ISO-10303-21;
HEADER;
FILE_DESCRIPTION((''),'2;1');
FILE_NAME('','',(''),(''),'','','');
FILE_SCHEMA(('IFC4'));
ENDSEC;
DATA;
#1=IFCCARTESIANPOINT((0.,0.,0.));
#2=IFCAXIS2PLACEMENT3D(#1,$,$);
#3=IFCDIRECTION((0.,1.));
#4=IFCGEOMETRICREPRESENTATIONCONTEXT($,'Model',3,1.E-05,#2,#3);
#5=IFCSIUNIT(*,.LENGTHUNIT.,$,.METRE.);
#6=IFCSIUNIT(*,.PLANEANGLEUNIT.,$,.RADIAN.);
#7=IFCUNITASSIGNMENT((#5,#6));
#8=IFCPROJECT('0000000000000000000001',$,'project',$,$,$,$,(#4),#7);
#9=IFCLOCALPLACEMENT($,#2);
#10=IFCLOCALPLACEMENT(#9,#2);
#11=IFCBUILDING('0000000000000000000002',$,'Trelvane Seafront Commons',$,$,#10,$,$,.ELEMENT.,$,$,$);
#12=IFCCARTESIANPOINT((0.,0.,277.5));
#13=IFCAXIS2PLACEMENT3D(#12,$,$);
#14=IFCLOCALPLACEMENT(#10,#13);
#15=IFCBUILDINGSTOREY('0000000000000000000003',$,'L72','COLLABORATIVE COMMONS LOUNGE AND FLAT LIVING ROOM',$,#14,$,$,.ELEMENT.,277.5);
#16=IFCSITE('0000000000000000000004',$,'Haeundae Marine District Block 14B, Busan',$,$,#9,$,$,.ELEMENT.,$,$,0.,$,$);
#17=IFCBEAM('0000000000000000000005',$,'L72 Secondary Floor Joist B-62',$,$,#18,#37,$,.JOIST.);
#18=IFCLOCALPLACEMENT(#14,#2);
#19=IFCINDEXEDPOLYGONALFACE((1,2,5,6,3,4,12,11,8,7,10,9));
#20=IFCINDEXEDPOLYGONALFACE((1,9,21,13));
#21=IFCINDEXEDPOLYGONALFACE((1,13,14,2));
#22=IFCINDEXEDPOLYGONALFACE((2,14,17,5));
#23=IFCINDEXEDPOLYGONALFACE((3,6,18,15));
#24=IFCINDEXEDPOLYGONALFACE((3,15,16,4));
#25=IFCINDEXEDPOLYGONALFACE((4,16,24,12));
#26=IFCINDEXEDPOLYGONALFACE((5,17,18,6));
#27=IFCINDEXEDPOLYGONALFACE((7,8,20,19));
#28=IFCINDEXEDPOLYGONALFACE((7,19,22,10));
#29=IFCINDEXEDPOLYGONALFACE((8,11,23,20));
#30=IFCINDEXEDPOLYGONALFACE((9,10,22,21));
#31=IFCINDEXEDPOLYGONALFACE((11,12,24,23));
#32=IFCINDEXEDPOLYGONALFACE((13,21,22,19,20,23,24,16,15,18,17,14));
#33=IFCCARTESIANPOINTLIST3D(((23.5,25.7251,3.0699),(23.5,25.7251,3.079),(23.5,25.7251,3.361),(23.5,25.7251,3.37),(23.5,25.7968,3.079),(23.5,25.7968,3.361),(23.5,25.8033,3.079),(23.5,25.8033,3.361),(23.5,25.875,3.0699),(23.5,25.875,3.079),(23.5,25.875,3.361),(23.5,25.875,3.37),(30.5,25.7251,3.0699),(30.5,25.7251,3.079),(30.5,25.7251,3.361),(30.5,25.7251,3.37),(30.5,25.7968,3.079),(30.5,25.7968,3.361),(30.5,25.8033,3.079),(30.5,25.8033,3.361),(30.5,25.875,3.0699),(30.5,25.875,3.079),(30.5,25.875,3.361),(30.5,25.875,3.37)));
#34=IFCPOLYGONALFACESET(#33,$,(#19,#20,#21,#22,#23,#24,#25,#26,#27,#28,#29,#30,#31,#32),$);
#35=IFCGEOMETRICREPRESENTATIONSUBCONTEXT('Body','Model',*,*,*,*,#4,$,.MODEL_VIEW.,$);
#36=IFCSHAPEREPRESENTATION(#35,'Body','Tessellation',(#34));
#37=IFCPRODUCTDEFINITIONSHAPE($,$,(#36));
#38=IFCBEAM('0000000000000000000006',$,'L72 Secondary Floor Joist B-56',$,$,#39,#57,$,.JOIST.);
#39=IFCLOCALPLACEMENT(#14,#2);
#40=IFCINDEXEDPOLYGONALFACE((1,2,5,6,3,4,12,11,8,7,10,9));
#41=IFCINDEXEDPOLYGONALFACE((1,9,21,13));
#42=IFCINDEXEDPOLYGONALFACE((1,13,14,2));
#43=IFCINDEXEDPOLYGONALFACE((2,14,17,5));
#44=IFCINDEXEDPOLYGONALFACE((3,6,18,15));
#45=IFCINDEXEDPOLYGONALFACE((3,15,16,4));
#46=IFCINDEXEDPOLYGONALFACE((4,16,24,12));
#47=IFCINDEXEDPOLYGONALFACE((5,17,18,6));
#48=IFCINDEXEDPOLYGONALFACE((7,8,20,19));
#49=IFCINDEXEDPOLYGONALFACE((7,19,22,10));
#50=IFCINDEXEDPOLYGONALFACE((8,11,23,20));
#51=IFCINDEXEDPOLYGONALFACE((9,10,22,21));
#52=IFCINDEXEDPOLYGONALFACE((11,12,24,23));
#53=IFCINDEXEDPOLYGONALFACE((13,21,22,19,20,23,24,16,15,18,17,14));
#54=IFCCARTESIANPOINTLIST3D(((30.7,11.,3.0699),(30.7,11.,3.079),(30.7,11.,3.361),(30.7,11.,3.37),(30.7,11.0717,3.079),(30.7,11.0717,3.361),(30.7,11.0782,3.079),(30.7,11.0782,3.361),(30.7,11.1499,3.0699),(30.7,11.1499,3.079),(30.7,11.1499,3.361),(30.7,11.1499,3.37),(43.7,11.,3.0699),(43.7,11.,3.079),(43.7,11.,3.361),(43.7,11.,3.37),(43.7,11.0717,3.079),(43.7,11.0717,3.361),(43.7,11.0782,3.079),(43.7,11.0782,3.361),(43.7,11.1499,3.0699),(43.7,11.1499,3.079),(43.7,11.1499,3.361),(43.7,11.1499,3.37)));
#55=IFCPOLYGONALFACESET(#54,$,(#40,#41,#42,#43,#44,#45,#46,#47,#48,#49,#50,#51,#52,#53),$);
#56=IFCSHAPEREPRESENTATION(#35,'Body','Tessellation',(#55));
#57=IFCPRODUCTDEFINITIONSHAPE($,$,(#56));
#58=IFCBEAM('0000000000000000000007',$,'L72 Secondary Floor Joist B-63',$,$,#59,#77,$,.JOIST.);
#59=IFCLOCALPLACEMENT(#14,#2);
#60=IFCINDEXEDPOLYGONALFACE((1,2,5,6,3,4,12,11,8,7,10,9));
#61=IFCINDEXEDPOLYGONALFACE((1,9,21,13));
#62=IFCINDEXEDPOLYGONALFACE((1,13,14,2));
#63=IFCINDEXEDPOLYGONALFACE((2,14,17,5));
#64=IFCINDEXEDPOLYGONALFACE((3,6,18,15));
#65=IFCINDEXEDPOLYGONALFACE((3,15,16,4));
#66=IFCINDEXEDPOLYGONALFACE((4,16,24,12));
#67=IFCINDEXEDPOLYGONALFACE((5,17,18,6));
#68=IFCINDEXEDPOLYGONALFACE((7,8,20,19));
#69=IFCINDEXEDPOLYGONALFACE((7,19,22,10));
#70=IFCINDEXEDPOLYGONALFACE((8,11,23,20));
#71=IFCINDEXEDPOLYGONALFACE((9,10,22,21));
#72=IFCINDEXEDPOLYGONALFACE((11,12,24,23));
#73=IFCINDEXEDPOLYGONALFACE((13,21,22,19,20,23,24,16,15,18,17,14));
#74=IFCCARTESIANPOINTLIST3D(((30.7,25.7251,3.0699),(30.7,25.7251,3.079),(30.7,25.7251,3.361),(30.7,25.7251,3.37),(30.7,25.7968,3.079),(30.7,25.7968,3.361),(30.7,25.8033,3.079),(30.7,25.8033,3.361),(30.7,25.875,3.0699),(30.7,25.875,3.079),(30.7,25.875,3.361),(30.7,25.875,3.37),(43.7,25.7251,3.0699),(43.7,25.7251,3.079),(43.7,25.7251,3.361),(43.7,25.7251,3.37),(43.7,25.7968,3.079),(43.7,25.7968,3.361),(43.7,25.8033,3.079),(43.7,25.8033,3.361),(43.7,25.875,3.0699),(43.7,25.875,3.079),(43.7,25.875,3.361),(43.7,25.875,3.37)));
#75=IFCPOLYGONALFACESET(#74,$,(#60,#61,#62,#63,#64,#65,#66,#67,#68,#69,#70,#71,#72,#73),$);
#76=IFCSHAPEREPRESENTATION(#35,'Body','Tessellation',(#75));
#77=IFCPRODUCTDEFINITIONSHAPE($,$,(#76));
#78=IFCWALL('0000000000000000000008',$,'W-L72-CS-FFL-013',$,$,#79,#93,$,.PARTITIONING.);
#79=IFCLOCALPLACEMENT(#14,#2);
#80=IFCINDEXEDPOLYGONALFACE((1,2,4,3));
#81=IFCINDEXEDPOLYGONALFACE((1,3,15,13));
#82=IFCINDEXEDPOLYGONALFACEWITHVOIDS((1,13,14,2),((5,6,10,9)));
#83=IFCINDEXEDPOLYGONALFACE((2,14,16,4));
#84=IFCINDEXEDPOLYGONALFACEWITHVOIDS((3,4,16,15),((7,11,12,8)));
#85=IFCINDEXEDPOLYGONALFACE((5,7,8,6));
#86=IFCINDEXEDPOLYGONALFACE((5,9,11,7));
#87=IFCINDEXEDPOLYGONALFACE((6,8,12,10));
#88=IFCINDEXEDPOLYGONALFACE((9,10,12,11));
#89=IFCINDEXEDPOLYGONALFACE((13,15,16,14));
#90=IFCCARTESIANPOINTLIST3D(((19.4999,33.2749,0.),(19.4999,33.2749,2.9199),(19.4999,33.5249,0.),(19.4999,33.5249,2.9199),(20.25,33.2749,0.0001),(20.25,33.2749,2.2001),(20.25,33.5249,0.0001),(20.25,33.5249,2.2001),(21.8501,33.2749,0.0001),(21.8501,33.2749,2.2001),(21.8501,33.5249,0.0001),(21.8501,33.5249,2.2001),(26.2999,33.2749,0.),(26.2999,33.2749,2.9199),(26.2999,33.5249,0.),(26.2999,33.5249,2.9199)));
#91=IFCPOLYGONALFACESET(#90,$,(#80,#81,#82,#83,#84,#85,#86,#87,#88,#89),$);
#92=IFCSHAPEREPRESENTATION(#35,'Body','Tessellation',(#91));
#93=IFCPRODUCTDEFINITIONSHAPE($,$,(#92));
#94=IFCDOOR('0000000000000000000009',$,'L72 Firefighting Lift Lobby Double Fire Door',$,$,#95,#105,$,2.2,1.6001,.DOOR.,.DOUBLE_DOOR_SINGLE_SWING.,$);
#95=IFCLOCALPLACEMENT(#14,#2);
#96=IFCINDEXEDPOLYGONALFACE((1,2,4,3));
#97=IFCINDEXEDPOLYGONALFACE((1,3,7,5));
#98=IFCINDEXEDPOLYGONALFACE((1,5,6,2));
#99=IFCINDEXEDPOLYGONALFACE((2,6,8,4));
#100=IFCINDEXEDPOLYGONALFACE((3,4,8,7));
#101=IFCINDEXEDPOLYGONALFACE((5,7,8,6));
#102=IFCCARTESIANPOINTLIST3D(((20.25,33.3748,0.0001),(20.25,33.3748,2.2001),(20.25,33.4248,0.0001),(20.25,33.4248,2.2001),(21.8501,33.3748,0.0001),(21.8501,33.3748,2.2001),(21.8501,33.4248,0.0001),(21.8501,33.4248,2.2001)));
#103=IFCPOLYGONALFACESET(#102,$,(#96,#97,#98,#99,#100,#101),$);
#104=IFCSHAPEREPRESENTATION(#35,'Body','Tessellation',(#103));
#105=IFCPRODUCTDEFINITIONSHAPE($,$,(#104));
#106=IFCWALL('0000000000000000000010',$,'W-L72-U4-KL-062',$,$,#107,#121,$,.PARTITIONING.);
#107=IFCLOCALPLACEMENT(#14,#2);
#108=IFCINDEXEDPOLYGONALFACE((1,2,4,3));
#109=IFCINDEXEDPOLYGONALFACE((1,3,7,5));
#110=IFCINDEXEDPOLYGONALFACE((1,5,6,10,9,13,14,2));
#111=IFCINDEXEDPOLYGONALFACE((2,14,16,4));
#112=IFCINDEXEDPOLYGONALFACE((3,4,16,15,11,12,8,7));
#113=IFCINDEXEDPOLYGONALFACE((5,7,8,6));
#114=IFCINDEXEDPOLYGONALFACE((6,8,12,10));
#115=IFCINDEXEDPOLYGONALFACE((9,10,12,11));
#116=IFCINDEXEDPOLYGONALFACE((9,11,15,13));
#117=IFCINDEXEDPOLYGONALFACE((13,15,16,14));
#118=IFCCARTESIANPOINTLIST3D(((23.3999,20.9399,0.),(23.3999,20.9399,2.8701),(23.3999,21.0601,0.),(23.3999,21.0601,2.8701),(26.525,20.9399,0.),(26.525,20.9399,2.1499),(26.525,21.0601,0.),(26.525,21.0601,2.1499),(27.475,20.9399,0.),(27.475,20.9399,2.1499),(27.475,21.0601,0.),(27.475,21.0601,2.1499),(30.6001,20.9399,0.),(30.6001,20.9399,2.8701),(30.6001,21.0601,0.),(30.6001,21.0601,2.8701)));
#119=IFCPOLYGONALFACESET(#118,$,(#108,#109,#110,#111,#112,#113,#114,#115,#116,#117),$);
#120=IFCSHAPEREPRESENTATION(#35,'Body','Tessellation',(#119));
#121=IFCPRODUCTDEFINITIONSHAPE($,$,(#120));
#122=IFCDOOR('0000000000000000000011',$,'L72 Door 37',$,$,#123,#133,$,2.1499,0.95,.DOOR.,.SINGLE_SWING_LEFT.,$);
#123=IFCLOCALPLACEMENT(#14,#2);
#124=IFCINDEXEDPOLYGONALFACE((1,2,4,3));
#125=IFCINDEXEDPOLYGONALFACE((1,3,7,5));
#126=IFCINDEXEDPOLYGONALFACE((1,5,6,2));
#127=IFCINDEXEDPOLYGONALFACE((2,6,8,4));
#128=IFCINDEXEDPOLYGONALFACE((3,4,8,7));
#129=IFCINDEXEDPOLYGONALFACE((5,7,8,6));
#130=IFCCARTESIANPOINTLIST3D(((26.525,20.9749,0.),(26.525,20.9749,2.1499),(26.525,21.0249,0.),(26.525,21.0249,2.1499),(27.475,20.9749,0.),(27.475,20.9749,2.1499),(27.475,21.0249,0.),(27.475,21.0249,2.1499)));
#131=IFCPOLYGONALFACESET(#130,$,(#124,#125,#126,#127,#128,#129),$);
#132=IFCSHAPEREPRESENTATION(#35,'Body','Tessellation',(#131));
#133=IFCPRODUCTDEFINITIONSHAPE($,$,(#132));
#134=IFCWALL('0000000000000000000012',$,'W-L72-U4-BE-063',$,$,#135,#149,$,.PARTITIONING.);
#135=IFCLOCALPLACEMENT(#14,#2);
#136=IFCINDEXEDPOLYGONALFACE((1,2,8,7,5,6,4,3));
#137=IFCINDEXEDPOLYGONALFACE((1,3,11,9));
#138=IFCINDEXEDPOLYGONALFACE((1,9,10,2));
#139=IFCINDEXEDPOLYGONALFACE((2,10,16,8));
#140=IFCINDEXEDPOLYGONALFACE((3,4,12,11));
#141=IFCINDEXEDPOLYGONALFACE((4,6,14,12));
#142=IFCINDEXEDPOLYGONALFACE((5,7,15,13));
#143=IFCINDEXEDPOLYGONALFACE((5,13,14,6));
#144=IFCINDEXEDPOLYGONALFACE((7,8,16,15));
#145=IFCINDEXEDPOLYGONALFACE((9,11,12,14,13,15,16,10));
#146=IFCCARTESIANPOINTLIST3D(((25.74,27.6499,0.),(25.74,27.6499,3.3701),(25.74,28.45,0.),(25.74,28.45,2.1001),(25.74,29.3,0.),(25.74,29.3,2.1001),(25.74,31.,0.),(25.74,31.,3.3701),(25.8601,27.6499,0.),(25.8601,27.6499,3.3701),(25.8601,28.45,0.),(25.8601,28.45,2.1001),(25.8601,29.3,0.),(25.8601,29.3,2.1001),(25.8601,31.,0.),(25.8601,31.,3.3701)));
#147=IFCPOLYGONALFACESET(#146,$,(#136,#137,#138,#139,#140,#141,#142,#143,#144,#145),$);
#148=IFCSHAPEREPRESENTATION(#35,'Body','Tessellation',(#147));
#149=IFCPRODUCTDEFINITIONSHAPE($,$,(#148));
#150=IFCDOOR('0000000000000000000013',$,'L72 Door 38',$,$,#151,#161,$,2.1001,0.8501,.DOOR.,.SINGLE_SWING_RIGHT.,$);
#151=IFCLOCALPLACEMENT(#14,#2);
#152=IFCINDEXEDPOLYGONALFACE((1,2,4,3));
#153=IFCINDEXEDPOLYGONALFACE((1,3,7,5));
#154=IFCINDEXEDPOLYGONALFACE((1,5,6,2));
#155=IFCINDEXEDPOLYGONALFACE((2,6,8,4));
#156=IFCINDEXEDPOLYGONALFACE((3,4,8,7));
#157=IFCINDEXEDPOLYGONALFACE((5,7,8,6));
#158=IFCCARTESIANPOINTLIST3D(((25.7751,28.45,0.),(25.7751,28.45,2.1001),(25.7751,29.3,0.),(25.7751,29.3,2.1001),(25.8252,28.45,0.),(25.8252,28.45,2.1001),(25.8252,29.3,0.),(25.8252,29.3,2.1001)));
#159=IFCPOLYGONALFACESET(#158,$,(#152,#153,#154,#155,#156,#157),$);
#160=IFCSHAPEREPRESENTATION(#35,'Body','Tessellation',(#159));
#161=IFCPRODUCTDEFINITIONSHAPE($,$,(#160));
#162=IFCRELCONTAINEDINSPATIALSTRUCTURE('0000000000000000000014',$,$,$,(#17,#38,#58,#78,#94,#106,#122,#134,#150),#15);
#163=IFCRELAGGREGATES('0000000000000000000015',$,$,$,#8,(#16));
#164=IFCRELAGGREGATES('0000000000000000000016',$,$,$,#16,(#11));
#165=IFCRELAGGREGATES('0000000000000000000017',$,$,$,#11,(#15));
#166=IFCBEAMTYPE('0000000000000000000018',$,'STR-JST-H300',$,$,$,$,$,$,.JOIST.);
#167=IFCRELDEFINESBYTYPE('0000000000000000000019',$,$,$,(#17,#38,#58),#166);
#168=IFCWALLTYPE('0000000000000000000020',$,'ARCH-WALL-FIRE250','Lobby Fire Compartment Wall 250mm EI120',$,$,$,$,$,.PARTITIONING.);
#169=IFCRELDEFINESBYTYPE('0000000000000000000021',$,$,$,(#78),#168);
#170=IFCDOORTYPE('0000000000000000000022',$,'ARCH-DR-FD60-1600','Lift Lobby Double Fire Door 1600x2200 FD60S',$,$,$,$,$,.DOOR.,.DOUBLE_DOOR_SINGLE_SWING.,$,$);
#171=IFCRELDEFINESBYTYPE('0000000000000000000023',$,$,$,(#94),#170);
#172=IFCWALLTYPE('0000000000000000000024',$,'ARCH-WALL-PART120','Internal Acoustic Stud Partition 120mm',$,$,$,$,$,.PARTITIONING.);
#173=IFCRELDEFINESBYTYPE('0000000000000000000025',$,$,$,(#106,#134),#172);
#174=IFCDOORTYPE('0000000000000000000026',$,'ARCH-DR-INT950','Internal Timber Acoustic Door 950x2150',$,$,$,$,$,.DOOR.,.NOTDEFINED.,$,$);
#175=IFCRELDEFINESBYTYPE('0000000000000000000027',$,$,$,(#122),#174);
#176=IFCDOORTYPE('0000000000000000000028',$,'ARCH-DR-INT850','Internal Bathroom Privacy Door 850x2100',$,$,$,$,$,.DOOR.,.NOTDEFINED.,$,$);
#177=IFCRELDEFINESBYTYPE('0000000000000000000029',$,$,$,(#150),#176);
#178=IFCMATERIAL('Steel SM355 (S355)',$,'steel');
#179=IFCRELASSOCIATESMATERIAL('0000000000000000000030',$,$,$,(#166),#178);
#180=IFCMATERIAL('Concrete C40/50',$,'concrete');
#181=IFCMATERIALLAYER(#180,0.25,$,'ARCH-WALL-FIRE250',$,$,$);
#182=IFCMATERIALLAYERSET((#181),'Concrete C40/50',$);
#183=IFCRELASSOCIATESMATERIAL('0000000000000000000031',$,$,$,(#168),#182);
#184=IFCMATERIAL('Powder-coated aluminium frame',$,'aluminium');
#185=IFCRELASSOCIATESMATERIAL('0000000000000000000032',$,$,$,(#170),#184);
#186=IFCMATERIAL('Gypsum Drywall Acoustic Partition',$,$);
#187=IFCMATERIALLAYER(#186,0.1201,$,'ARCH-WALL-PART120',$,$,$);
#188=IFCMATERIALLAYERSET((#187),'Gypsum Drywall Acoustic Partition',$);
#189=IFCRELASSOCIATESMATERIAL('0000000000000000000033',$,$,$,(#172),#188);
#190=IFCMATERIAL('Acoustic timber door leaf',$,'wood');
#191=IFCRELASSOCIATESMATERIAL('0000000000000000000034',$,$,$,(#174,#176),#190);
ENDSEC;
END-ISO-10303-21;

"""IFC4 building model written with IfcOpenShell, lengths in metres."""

from ifc_helpers import new_model, si_unit, direction, frame, frame_2d, origin, origin_2d, place, context, subcontext, project, spatial, rectangle, i_section, extrude, source, transform, mapped, material, layer, layer_set, material_profile, profile_set, type_object, element, fill, save


model = new_model("IFC4")

# Units and contexts
model_context = context("Model", 3, precision=1e-05, world=origin(), true_north=direction((0.0, 1.0)))
body_context = subcontext(model_context, "Body", "Model", "MODEL_VIEW")
ifc_project = project(units=[si_unit("LENGTHUNIT", "METRE"), si_unit("PLANEANGLEUNIT", "RADIAN")], contexts=[model_context])

# Site, building, storey
site_placement = place(None, origin())
site = spatial("IfcSite", under=ifc_project, at=site_placement, Name="Haeundae Marine District Block 14B, Busan", CompositionType="ELEMENT", RefElevation=0.0)
building_placement = place(site_placement, origin())
building = spatial("IfcBuilding", under=site, at=building_placement, Name="Trelvane Seafront Commons", CompositionType="ELEMENT")
storey_placement = place(building_placement, frame((0.0, 0.0, 277.5)))
storey = spatial("IfcBuildingStorey", under=building, at=storey_placement, Name="L72", Description="COLLABORATIVE COMMONS LOUNGE AND FLAT LIVING ROOM", CompositionType="ELEMENT", Elevation=277.5)

# Shared definitions
ifc_material_1 = material(Name="Steel SM355 (S355)", Category="steel")

# Beams
ifc_material_profile_1 = material_profile(ifc_material_1, i_section(OverallWidth=0.1499, OverallDepth=0.3, WebThickness=0.0066, FlangeThickness=0.009, at=origin_2d()), Name="H-300x150x6.5x9")
ifc_profile_set_1 = profile_set([ifc_material_profile_1], Name="Steel SM355 (S355)")
beam_type_1 = type_object("IfcBeamType", Name="STR-JST-H300", PredefinedType="JOIST", material=ifc_profile_set_1)
shared_shape_1 = source(origin(), body_context, "Body", "SweptSolid", [
    extrude(i_section(OverallWidth=0.1499, OverallDepth=0.3, WebThickness=0.0066, FlangeThickness=0.009, at=origin_2d()), origin(), (0.0, 0.0, 1.0), 7.0),
])
beam_1_placement = place(storey_placement, frame((23.5, 25.8, 3.22), z_axis=(1.0, 0.0, 0.0), x_axis=(0.0, 1.0, 0.0)))
element("IfcBeam", 1, at=beam_1_placement, inside=storey, type_object=beam_type_1, Name="L72 Secondary Floor Joist B-62", PredefinedType="JOIST", context=body_context, shape_type="MappedRepresentation", body=[
    mapped(shared_shape_1, transform((0.0, 0.0, 0.0), x_axis=(1.0, 0.0, 0.0), y_axis=(0.0, 1.0, 0.0), z_axis=(0.0, 0.0, 1.0), scale=1.0)),
])
shared_shape_2 = source(origin(), body_context, "Body", "SweptSolid", [
    extrude(i_section(OverallWidth=0.1499, OverallDepth=0.3, WebThickness=0.0066, FlangeThickness=0.009, at=origin_2d()), origin(), (0.0, 0.0, 1.0), 13.0),
])
for number, where, z_axis, x_axis, name in (
    (2, (30.7, 11.075, 3.22), (1.0, 0.0, 0.0), (0.0, 1.0, 0.0), "L72 Secondary Floor Joist B-56"),
    (3, (30.7, 25.8, 3.22), (1.0, 0.0, 0.0), (0.0, 1.0, 0.0), "L72 Secondary Floor Joist B-63"),
):
    element("IfcBeam", number, at=place(storey_placement, frame(where, z_axis=z_axis, x_axis=x_axis)), inside=storey, type_object=beam_type_1, Name=name, PredefinedType="JOIST", context=body_context, shape_type="MappedRepresentation", body=[
        mapped(shared_shape_2, transform((0.0, 0.0, 0.0), x_axis=(1.0, 0.0, 0.0), y_axis=(0.0, 1.0, 0.0), z_axis=(0.0, 0.0, 1.0), scale=1.0)),
    ])

# Walls, openings, doors
ifc_material_2 = material(Name="Concrete C40/50", Category="concrete")
ifc_layer_1 = layer(ifc_material_2, 0.25, Name="ARCH-WALL-FIRE250")
ifc_layer_set_1 = layer_set([ifc_layer_1], Name="Concrete C40/50")
wall_type_1 = type_object("IfcWallType", Name="ARCH-WALL-FIRE250", Description="Lobby Fire Compartment Wall 250mm EI120", PredefinedType="PARTITIONING", material=ifc_layer_set_1)
wall_1_placement = place(storey_placement, frame((19.5, 33.3999, 0.0), z_axis=(0.0, 0.0, 1.0), x_axis=(1.0, 0.0, 0.0)))
wall_1 = element("IfcWall", 4, at=wall_1_placement, inside=storey, type_object=wall_type_1, Name="W-L72-CS-FFL-013", PredefinedType="PARTITIONING", context=body_context, shape_type="SweptSolid", body=[
    extrude(rectangle(XDim=6.8, YDim=0.25, at=frame_2d((3.3999, 0.0))), origin(), (0.0, 0.0, 1.0), 2.9199),
])
opening_1_placement = place(wall_1_placement, frame((0.75, 0.0, 0.0)))
opening_1 = element("IfcOpeningElement", 5, at=opening_1_placement, cuts=wall_1, PredefinedType="OPENING", context=body_context, shape_type="SweptSolid", body=[
    extrude(rectangle(XDim=1.6001, YDim=2.2, at=frame_2d((0.8, 1.1001))), frame((0.0, 0.135, 0.0), z_axis=(0.0, -1.0, 0.0), x_axis=(1.0, 0.0, 0.0)), (0.0, 0.0, 1.0), 0.27),
])
ifc_material_3 = material(Name="Powder-coated aluminium frame", Category="aluminium")
door_type_1 = type_object("IfcDoorType", Name="ARCH-DR-FD60-1600", Description="Lift Lobby Double Fire Door 1600x2200 FD60S", OperationType="DOUBLE_DOOR_SINGLE_SWING", PredefinedType="DOOR", material=ifc_material_3)
shared_shape_3 = source(origin(), body_context, "Body", "SweptSolid", [
    extrude(rectangle(XDim=1.6001, YDim=2.2, at=frame_2d((0.8, 1.1001))), frame((0.0, 0.0249, 0.0), z_axis=(0.0, -1.0, 0.0), x_axis=(1.0, 0.0, 0.0)), (0.0, 0.0, 1.0), 0.05),
])
door_1_placement = place(opening_1_placement, origin())
door_1 = element("IfcDoor", 6, at=door_1_placement, inside=storey, type_object=door_type_1, Name="L72 Firefighting Lift Lobby Double Fire Door", OperationType="DOUBLE_DOOR_SINGLE_SWING", OverallHeight=2.2, OverallWidth=1.6001, PredefinedType="DOOR", context=body_context, shape_type="MappedRepresentation", body=[
    mapped(shared_shape_3, transform((0.0, 0.0, 0.0), x_axis=(1.0, 0.0, 0.0), y_axis=(0.0, 1.0, 0.0), z_axis=(0.0, 0.0, 1.0), scale=1.0)),
])
fill(opening_1, door_1)
ifc_material_4 = material(Name="Gypsum Drywall Acoustic Partition")
ifc_layer_2 = layer(ifc_material_4, 0.1201, Name="ARCH-WALL-PART120")
ifc_layer_set_2 = layer_set([ifc_layer_2], Name="Gypsum Drywall Acoustic Partition")
wall_type_2 = type_object("IfcWallType", Name="ARCH-WALL-PART120", Description="Internal Acoustic Stud Partition 120mm", PredefinedType="PARTITIONING", material=ifc_layer_set_2)
ifc_material_5 = material(Name="Acoustic timber door leaf", Category="wood")
door_type_2 = type_object("IfcDoorType", Name="ARCH-DR-INT950", Description="Internal Timber Acoustic Door 950x2150", OperationType="NOTDEFINED", PredefinedType="DOOR", material=ifc_material_5)
shared_shape_4 = source(origin(), body_context, "Body", "SweptSolid", [
    extrude(rectangle(XDim=0.95, YDim=2.1499, at=frame_2d((0.4751, 1.075))), frame((0.0, 0.0249, 0.0), z_axis=(0.0, -1.0, 0.0), x_axis=(1.0, 0.0, 0.0)), (0.0, 0.0, 1.0), 0.05),
])
wall_2_placement = place(storey_placement, frame((23.3999, 21.0, 0.0), z_axis=(0.0, 0.0, 1.0), x_axis=(1.0, 0.0, 0.0)))
wall_2 = element("IfcWall", 7, at=wall_2_placement, inside=storey, type_object=wall_type_2, Name="W-L72-U4-KL-062", PredefinedType="PARTITIONING", context=body_context, shape_type="SweptSolid", body=[
    extrude(rectangle(XDim=7.2002, YDim=0.1201, at=frame_2d((3.6001, 0.0))), origin(), (0.0, 0.0, 1.0), 2.8701),
])
opening_2_placement = place(wall_2_placement, frame((3.125, 0.0, 0.0)))
opening_2 = element("IfcOpeningElement", 8, at=opening_2_placement, cuts=wall_2, PredefinedType="OPENING", context=body_context, shape_type="SweptSolid", body=[
    extrude(rectangle(XDim=0.95, YDim=2.1499, at=frame_2d((0.4751, 1.075))), frame((0.0, 0.0701, 0.0), z_axis=(0.0, -1.0, 0.0), x_axis=(1.0, 0.0, 0.0)), (0.0, 0.0, 1.0), 0.1401),
])
door_2_placement = place(opening_2_placement, origin())
door_2 = element("IfcDoor", 9, at=door_2_placement, inside=storey, type_object=door_type_2, Name="L72 Door 37", OperationType="SINGLE_SWING_LEFT", OverallHeight=2.1499, OverallWidth=0.95, PredefinedType="DOOR", context=body_context, shape_type="MappedRepresentation", body=[
    mapped(shared_shape_4, transform((0.0, 0.0, 0.0), x_axis=(1.0, 0.0, 0.0), y_axis=(0.0, 1.0, 0.0), z_axis=(0.0, 0.0, 1.0), scale=1.0)),
])
fill(opening_2, door_2)
wall_3_placement = place(storey_placement, frame((25.8, 27.6499, 0.0), z_axis=(0.0, 0.0, 1.0), x_axis=(0.0, 1.0, 0.0)))
wall_3 = element("IfcWall", 10, at=wall_3_placement, inside=storey, type_object=wall_type_2, Name="W-L72-U4-BE-063", PredefinedType="PARTITIONING", context=body_context, shape_type="SweptSolid", body=[
    extrude(rectangle(XDim=3.3501, YDim=0.1201, at=frame_2d((1.675, 0.0))), origin(), (0.0, 0.0, 1.0), 3.3701),
])
opening_3_placement = place(wall_3_placement, frame((0.8, 0.0, 0.0)))
opening_3 = element("IfcOpeningElement", 11, at=opening_3_placement, cuts=wall_3, PredefinedType="OPENING", context=body_context, shape_type="SweptSolid", body=[
    extrude(rectangle(XDim=0.8501, YDim=2.1001, at=frame_2d((0.425, 1.05))), frame((0.0, 0.0701, 0.0), z_axis=(0.0, -1.0, 0.0), x_axis=(1.0, 0.0, 0.0)), (0.0, 0.0, 1.0), 0.1401),
])
door_type_3 = type_object("IfcDoorType", Name="ARCH-DR-INT850", Description="Internal Bathroom Privacy Door 850x2100", OperationType="NOTDEFINED", PredefinedType="DOOR", material=ifc_material_5)
shared_shape_5 = source(origin(), body_context, "Body", "SweptSolid", [
    extrude(rectangle(XDim=0.8501, YDim=2.1001, at=frame_2d((0.425, 1.05))), frame((0.0, 0.0249, 0.0), z_axis=(0.0, -1.0, 0.0), x_axis=(1.0, 0.0, 0.0)), (0.0, 0.0, 1.0), 0.05),
])
door_3_placement = place(opening_3_placement, origin())
door_3 = element("IfcDoor", 12, at=door_3_placement, inside=storey, type_object=door_type_3, Name="L72 Door 38", OperationType="SINGLE_SWING_RIGHT", OverallHeight=2.1001, OverallWidth=0.8501, PredefinedType="DOOR", context=body_context, shape_type="MappedRepresentation", body=[
    mapped(shared_shape_5, transform((0.0, 0.0, 0.0), x_axis=(1.0, 0.0, 0.0), y_axis=(0.0, 1.0, 0.0), z_axis=(0.0, 0.0, 1.0), scale=1.0)),
])
fill(opening_3, door_3)

save(model, "model.ifc")
